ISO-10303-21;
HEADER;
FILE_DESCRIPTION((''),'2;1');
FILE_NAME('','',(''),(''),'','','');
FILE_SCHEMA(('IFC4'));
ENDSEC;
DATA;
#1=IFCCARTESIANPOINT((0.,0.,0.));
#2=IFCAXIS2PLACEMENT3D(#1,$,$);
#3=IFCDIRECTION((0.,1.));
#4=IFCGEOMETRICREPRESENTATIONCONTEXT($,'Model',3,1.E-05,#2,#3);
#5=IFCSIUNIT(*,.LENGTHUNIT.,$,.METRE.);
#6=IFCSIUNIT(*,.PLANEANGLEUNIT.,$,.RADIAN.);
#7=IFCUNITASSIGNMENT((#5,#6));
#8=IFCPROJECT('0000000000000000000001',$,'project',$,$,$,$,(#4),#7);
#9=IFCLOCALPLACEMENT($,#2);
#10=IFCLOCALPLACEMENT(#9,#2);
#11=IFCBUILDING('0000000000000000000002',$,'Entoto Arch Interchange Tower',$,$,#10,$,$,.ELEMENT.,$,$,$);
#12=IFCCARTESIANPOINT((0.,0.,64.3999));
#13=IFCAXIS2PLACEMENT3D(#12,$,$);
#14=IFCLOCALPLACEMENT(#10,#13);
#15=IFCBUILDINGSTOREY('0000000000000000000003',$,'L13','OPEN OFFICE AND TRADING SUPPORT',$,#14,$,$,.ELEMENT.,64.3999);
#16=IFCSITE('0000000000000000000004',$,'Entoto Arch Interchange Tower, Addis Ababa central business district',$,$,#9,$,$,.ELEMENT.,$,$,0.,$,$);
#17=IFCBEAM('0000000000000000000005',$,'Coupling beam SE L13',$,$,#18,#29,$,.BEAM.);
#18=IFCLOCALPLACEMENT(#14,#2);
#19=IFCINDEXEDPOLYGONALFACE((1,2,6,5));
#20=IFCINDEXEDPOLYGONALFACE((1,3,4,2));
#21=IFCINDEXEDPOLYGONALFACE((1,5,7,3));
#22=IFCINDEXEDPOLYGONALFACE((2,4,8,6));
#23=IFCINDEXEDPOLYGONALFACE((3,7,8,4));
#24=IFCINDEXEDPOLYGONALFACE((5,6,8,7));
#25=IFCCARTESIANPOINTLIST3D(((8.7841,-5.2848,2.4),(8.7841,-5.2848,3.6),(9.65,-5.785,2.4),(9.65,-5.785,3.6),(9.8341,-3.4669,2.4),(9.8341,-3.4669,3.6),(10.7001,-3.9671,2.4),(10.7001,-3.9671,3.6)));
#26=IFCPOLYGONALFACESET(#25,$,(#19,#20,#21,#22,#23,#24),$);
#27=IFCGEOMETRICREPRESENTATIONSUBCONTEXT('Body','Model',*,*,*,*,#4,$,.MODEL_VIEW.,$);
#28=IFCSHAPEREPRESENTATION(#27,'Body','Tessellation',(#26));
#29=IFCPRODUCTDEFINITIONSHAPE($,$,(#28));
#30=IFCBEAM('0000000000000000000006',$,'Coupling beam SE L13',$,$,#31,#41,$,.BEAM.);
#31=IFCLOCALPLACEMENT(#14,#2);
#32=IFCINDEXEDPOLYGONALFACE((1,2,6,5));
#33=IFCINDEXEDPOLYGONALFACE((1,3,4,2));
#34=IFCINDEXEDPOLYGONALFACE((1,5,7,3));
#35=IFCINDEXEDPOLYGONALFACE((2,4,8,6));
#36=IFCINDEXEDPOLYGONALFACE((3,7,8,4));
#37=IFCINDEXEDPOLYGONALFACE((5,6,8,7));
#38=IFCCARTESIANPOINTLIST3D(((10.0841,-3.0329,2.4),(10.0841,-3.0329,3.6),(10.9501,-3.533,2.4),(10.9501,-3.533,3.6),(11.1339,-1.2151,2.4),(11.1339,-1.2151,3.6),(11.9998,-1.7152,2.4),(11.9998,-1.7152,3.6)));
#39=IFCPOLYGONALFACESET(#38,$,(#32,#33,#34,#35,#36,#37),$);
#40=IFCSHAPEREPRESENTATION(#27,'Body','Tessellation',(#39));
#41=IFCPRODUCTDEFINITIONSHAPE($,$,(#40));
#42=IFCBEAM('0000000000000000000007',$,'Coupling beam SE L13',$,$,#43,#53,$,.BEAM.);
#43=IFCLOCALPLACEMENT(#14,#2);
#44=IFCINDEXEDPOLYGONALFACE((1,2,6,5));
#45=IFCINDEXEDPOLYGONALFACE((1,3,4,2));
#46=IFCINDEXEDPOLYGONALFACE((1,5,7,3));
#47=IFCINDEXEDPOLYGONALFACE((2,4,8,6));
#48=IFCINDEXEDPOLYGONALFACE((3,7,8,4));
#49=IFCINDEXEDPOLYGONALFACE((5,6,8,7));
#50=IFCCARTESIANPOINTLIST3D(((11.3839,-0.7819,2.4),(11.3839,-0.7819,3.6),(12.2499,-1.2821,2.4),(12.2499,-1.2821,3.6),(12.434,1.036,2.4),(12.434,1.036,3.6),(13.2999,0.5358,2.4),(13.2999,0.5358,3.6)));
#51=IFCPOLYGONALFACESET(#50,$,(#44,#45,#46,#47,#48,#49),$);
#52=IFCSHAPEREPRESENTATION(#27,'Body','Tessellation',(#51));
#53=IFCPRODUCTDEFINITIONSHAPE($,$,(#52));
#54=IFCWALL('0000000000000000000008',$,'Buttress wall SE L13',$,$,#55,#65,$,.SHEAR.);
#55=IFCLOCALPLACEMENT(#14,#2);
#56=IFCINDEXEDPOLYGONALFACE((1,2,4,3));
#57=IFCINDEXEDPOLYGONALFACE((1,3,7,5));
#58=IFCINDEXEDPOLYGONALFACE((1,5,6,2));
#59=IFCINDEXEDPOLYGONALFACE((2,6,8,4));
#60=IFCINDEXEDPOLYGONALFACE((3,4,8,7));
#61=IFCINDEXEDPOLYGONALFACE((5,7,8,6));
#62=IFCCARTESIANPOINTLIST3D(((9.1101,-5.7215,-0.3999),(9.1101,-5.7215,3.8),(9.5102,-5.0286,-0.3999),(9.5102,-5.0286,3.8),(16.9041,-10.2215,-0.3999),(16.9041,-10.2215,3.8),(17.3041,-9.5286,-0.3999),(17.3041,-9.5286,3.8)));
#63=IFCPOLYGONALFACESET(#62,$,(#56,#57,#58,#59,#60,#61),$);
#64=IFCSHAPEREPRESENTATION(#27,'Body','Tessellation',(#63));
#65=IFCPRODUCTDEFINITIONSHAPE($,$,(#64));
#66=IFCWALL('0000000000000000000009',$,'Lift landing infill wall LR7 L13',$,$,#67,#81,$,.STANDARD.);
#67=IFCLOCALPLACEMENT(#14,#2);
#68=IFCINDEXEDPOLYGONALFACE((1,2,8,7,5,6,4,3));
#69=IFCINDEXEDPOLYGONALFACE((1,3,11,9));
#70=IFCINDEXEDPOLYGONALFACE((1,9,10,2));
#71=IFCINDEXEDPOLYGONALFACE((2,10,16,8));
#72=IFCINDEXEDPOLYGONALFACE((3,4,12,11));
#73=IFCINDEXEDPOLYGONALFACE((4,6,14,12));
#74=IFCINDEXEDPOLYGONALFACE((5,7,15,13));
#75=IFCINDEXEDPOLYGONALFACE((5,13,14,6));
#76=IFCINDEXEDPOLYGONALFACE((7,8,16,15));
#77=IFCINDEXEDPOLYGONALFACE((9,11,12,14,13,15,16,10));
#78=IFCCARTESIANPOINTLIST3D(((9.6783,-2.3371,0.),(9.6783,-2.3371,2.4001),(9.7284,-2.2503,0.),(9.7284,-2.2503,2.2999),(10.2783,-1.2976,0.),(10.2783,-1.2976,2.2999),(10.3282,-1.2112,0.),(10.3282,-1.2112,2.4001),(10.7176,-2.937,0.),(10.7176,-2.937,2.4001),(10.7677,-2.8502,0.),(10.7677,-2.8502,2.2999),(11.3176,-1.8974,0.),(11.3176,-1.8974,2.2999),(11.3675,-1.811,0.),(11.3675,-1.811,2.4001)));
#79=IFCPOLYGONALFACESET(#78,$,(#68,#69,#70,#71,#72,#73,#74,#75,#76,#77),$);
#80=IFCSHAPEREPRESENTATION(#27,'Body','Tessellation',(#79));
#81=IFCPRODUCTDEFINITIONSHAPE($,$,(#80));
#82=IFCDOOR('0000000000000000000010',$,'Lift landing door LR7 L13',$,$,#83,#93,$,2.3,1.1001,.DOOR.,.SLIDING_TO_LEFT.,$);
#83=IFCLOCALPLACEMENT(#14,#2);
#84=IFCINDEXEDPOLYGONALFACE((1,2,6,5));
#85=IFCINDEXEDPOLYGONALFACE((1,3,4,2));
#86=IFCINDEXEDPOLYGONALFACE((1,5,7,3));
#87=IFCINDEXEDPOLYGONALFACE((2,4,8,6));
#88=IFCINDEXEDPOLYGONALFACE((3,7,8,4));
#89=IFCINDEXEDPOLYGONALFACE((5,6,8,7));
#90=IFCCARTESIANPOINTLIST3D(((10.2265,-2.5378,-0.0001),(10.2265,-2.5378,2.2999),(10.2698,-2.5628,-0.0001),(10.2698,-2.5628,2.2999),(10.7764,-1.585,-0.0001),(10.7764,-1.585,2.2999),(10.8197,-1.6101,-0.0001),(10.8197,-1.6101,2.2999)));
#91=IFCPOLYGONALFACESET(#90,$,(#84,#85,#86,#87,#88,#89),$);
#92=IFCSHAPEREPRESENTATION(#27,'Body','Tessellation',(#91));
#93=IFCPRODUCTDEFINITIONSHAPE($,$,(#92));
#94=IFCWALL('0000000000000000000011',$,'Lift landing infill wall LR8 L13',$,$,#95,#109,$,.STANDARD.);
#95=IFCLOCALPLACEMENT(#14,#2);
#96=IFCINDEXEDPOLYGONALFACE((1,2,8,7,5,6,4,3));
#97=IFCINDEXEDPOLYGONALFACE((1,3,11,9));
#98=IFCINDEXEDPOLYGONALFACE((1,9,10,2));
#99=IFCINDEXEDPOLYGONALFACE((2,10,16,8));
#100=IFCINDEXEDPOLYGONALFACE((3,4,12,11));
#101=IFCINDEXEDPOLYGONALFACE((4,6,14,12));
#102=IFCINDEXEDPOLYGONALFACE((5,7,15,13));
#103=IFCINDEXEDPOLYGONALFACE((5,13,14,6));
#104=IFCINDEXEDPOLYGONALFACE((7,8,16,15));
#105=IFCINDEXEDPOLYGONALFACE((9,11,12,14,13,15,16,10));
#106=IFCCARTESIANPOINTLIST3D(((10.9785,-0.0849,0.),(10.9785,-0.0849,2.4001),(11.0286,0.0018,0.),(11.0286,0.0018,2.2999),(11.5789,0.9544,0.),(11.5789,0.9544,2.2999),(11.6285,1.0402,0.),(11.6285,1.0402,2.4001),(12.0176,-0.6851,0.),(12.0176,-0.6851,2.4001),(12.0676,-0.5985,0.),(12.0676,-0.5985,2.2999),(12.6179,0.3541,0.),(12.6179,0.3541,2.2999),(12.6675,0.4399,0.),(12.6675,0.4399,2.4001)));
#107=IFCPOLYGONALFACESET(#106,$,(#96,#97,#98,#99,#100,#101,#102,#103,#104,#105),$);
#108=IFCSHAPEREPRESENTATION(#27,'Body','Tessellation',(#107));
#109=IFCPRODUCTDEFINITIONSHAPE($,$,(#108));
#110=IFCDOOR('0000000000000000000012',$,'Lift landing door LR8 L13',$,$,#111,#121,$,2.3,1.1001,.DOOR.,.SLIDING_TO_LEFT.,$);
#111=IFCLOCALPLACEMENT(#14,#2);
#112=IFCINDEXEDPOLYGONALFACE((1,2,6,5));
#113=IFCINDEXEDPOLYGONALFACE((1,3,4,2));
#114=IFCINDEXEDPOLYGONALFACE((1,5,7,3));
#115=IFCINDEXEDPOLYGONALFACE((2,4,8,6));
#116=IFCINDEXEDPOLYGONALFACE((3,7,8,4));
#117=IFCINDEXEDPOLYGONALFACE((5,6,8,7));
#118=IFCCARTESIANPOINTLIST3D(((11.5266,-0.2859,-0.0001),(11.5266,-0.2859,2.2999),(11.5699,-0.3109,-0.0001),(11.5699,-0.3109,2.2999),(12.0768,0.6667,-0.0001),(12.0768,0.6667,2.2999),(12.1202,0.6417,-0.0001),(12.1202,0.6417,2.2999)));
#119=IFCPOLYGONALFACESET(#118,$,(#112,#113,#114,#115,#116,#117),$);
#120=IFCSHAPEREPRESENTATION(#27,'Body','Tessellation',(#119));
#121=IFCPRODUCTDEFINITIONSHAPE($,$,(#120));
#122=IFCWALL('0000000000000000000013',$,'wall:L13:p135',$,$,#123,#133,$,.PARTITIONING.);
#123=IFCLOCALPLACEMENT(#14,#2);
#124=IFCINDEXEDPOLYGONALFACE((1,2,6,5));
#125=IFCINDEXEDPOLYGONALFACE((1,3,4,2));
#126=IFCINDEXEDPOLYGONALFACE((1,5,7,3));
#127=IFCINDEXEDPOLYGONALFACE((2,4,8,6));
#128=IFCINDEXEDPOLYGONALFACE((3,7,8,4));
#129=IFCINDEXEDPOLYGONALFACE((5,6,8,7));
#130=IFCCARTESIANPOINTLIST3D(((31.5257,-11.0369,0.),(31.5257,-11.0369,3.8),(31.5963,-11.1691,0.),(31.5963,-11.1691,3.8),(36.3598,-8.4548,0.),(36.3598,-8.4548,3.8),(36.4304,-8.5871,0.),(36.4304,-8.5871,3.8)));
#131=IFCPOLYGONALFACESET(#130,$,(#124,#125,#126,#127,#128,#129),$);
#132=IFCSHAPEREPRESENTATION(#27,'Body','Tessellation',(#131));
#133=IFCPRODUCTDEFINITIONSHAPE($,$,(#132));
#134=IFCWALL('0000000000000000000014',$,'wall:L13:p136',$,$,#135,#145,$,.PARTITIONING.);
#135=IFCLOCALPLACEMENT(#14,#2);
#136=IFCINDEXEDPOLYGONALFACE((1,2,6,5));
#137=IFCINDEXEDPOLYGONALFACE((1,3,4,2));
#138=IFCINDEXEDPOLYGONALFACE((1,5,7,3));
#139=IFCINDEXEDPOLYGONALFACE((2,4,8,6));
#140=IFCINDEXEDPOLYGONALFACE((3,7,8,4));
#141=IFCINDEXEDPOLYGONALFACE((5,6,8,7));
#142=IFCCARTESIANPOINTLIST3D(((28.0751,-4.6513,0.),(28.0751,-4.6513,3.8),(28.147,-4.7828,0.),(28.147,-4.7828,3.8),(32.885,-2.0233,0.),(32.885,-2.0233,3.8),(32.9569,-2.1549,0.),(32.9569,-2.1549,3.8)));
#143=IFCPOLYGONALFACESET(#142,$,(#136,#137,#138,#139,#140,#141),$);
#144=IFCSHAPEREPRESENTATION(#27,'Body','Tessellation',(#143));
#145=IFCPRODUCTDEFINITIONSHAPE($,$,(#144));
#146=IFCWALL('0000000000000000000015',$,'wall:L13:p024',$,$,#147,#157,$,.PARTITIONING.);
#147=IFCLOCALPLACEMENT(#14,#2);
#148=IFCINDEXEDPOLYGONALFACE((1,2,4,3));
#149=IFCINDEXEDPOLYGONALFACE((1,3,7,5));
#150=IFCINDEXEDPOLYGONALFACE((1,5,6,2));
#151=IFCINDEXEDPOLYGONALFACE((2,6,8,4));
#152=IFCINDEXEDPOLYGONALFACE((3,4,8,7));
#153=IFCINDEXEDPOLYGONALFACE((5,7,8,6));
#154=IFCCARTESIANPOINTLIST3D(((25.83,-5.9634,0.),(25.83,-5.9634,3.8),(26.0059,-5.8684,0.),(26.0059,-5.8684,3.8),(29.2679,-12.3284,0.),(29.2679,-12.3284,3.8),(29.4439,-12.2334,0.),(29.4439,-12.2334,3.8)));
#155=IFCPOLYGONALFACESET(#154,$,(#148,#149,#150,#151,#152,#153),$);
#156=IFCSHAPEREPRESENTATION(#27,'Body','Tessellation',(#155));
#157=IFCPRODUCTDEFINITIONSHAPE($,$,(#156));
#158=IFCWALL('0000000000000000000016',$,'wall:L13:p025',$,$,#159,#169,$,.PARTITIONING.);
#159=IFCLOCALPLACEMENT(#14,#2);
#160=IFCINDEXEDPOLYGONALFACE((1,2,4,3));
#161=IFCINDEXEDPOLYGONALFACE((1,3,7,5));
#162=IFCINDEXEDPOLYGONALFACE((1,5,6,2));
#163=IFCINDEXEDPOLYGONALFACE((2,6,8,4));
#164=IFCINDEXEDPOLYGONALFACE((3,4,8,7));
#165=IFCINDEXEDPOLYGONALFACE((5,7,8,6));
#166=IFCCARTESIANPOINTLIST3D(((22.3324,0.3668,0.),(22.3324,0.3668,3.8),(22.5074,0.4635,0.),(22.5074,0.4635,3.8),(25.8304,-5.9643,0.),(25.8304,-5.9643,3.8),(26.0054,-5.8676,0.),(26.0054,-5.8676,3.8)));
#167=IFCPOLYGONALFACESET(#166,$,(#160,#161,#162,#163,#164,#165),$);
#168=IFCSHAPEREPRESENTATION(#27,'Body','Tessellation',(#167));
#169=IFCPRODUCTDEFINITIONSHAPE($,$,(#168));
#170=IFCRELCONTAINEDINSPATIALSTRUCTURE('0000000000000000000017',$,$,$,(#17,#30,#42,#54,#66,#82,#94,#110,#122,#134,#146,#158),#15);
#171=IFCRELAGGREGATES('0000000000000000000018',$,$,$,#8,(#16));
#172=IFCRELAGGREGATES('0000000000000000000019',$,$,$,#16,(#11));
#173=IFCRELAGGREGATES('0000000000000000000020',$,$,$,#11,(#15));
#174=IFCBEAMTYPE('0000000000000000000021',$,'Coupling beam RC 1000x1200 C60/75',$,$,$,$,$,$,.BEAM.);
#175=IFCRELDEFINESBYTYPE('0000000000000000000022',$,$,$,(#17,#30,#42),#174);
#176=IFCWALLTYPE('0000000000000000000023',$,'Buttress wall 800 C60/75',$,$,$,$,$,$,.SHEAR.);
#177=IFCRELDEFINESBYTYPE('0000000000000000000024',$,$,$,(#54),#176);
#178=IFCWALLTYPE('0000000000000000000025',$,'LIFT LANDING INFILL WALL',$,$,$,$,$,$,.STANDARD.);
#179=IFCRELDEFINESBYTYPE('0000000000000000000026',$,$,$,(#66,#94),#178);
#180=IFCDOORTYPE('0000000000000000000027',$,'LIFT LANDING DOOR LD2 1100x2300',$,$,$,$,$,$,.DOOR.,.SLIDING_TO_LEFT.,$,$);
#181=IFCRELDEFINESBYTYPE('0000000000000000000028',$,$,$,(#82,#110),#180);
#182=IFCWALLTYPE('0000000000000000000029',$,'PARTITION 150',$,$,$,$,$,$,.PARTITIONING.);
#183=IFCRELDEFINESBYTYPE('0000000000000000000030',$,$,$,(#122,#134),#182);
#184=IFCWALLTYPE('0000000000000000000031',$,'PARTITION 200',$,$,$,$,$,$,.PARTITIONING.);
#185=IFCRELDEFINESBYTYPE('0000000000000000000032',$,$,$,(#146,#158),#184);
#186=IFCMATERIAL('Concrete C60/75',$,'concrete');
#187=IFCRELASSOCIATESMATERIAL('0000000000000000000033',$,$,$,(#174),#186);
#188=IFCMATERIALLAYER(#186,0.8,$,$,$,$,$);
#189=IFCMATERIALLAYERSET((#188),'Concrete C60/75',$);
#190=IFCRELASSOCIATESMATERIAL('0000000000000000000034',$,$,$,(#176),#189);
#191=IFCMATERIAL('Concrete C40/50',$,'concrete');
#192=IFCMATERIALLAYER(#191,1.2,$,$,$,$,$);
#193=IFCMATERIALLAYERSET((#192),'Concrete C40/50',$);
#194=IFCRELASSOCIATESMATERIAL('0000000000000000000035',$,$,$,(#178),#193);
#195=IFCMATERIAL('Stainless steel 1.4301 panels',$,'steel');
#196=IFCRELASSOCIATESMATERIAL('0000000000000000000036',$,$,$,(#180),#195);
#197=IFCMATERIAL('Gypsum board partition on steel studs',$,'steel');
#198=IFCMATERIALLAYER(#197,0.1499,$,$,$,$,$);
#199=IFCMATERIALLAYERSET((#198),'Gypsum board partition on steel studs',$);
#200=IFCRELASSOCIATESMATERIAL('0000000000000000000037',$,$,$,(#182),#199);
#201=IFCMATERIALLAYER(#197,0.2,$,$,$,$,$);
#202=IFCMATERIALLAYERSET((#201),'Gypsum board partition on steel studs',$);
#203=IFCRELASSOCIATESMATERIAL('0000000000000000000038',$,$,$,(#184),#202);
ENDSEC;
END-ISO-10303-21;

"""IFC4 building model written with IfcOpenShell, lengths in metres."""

from ifc_helpers import new_model, si_unit, direction, frame, frame_2d, origin, origin_2d, place, context, subcontext, project, spatial, rectangle, extrude, material, layer, layer_set, material_profile, profile_set, type_object, element, fill, save


model = new_model("IFC4")

# Units and contexts
model_context = context("Model", 3, precision=1e-05, world=origin(), true_north=direction((0.0, 1.0)))
body_context = subcontext(model_context, "Body", "Model", "MODEL_VIEW")
ifc_project = project(units=[si_unit("LENGTHUNIT", "METRE"), si_unit("PLANEANGLEUNIT", "RADIAN")], contexts=[model_context])

# Site, building, storey
site_placement = place(None, origin())
site = spatial("IfcSite", under=ifc_project, at=site_placement, Name="Entoto Arch Interchange Tower, Addis Ababa central business district", CompositionType="ELEMENT", RefElevation=0.0)
building_placement = place(site_placement, origin())
building = spatial("IfcBuilding", under=site, at=building_placement, Name="Entoto Arch Interchange Tower", CompositionType="ELEMENT")
storey_placement = place(building_placement, frame((0.0, 0.0, 64.3999)))
storey = spatial("IfcBuildingStorey", under=building, at=storey_placement, Name="L13", Description="OPEN OFFICE AND TRADING SUPPORT", CompositionType="ELEMENT", Elevation=64.3999)

# Beams
ifc_material_1 = material(Name="Concrete C60/75", Category="concrete")
ifc_material_profile = material_profile(ifc_material_1, rectangle(XDim=1.0, YDim=1.2, at=origin_2d()))
ifc_profile_set = profile_set([ifc_material_profile], Name="Concrete C60/75")
beam_type = type_object("IfcBeamType", Name="Coupling beam RC 1000x1200 C60/75", PredefinedType="BEAM", material=ifc_profile_set)
beam_1_placement = place(storey_placement, frame((9.217, -5.5349, 3.0), z_axis=(0.500179, 0.865922, 0.0), x_axis=(-0.865922, 0.500179, 0.0)))
element("IfcBeam", 1, at=beam_1_placement, inside=storey, type_object=beam_type, Name="Coupling beam SE L13", PredefinedType="BEAM", context=body_context, shape_type="SweptSolid", body=[
    extrude(rectangle(XDim=1.0, YDim=1.2, at=origin_2d()), origin(), (0.0, 0.0, 1.0), 2.0994),
])
beam_2_placement = place(storey_placement, frame((10.5171, -3.283, 3.0), z_axis=(0.500092, 0.865973, 0.0), x_axis=(-0.865973, 0.500092, 0.0)))
element("IfcBeam", 2, at=beam_2_placement, inside=storey, type_object=beam_type, Name="Coupling beam SE L13", PredefinedType="BEAM", context=body_context, shape_type="SweptSolid", body=[
    extrude(rectangle(XDim=1.0, YDim=1.2, at=origin_2d()), origin(), (0.0, 0.0, 1.0), 2.0991),
])
beam_3_placement = place(storey_placement, frame((11.8169, -1.032, 3.0), z_axis=(0.500179, 0.865922, 0.0), x_axis=(-0.865922, 0.500179, 0.0)))
element("IfcBeam", 3, at=beam_3_placement, inside=storey, type_object=beam_type, Name="Coupling beam SE L13", PredefinedType="BEAM", context=body_context, shape_type="SweptSolid", body=[
    extrude(rectangle(XDim=1.0, YDim=1.2, at=origin_2d()), origin(), (0.0, 0.0, 1.0), 2.0994),
])

# Wall
ifc_layer_1 = layer(ifc_material_1, 0.8)
ifc_layer_set_1 = layer_set([ifc_layer_1], Name="Concrete C60/75")
wall_type_1 = type_object("IfcWallType", Name="Buttress wall 800 C60/75", PredefinedType="SHEAR", material=ifc_layer_set_1)
wall_1_placement = place(storey_placement, frame((9.3101, -5.375, -0.3999), z_axis=(0.0, 0.0, 1.0), x_axis=(0.866018, -0.500014, 0.0)))
element("IfcWall", 4, at=wall_1_placement, inside=storey, type_object=wall_type_1, Name="Buttress wall SE L13", PredefinedType="SHEAR", context=body_context, shape_type="SweptSolid", body=[
    extrude(rectangle(XDim=8.9998, YDim=0.8, at=frame_2d((4.5, 0.0))), origin(), (0.0, 0.0, 1.0), 4.2),
])

# Walls, openings, doors
ifc_material_2 = material(Name="Concrete C40/50", Category="concrete")
ifc_layer_2 = layer(ifc_material_2, 1.2)
ifc_layer_set_2 = layer_set([ifc_layer_2], Name="Concrete C40/50")
wall_type_2 = type_object("IfcWallType", Name="LIFT LANDING INFILL WALL", PredefinedType="STANDARD", material=ifc_layer_set_2)
wall_2_placement = place(storey_placement, frame((10.198, -2.637, 0.0), z_axis=(0.0, 0.0, 1.0), x_axis=(0.499896, 0.866086, 0.0)))
wall_2 = element("IfcWall", 5, at=wall_2_placement, inside=storey, type_object=wall_type_2, Name="Lift landing infill wall LR7 L13", PredefinedType="STANDARD", context=body_context, shape_type="SweptSolid", body=[
    extrude(rectangle(XDim=1.3, YDim=1.2, at=frame_2d((0.6499, 0.0))), origin(), (0.0, 0.0, 1.0), 2.4001),
])
opening_1_placement = place(wall_2_placement, frame((0.1001, 0.0, 0.0)))
opening_1 = element("IfcOpeningElement", 6, at=opening_1_placement, cuts=wall_2, PredefinedType="OPENING", context=body_context, shape_type="SweptSolid", body=[
    extrude(rectangle(XDim=1.1001, YDim=2.3, at=frame_2d((0.55, 1.1499))), frame((0.0, 0.6099, 0.0), z_axis=(0.0, -1.0, 0.0), x_axis=(1.0, 0.0, 0.0)), (0.0, 0.0, 1.0), 1.22),
])
ifc_material_3 = material(Name="Stainless steel 1.4301 panels", Category="steel")
door_type_1 = type_object("IfcDoorType", Name="LIFT LANDING DOOR LD2 1100x2300", OperationType="SLIDING_TO_LEFT", PredefinedType="DOOR", material=ifc_material_3)
door_1_placement = place(opening_1_placement, origin())
door_1 = element("IfcDoor", 7, at=door_1_placement, inside=storey, type_object=door_type_1, Name="Lift landing door LR7 L13", OperationType="SLIDING_TO_LEFT", OverallHeight=2.3, OverallWidth=1.1001, PredefinedType="DOOR", context=body_context, shape_type="SweptSolid", body=[
    extrude(rectangle(XDim=1.1001, YDim=2.3, at=frame_2d((0.55, 1.1499))), frame((0.0, 0.0249, 0.0), z_axis=(0.0, -1.0, 0.0), x_axis=(1.0, 0.0, 0.0)), (0.0, 0.0, 1.0), 0.05),
])
fill(opening_1, door_1)
wall_3_placement = place(storey_placement, frame((11.498, -0.385, 0.0), z_axis=(0.0, 0.0, 1.0), x_axis=(0.500221, 0.865898, 0.0)))
wall_3 = element("IfcWall", 8, at=wall_3_placement, inside=storey, type_object=wall_type_2, Name="Lift landing infill wall LR8 L13", PredefinedType="STANDARD", context=body_context, shape_type="SweptSolid", body=[
    extrude(rectangle(XDim=1.2993, YDim=1.2, at=frame_2d((0.6497, 0.0))), origin(), (0.0, 0.0, 1.0), 2.4001),
])
opening_2_placement = place(wall_3_placement, frame((0.1001, 0.0, 0.0)))
opening_2 = element("IfcOpeningElement", 9, at=opening_2_placement, cuts=wall_3, PredefinedType="OPENING", context=body_context, shape_type="SweptSolid", body=[
    extrude(rectangle(XDim=1.1001, YDim=2.3, at=frame_2d((0.55, 1.1499))), frame((0.0, 0.6099, 0.0), z_axis=(0.0, -1.0, 0.0), x_axis=(1.0, 0.0, 0.0)), (0.0, 0.0, 1.0), 1.22),
])
door_2_placement = place(opening_2_placement, origin())
door_2 = element("IfcDoor", 10, at=door_2_placement, inside=storey, type_object=door_type_1, Name="Lift landing door LR8 L13", OperationType="SLIDING_TO_LEFT", OverallHeight=2.3, OverallWidth=1.1001, PredefinedType="DOOR", context=body_context, shape_type="SweptSolid", body=[
    extrude(rectangle(XDim=1.1001, YDim=2.3, at=frame_2d((0.55, 1.1499))), frame((0.0, 0.0249, 0.0), z_axis=(0.0, -1.0, 0.0), x_axis=(1.0, 0.0, 0.0)), (0.0, 0.0, 1.0), 0.05),
])
fill(opening_2, door_2)

# Walls
ifc_material_4 = material(Name="Gypsum board partition on steel studs", Category="steel")
ifc_layer_3 = layer(ifc_material_4, 0.1499)
ifc_layer_set_3 = layer_set([ifc_layer_3], Name="Gypsum board partition on steel studs")
wall_type_3 = type_object("IfcWallType", Name="PARTITION 150", PredefinedType="PARTITIONING", material=ifc_layer_set_3)
wall_4_placement = place(storey_placement, frame((31.561, -11.103, 0.0), z_axis=(0.0, 0.0, 1.0), x_axis=(0.882057, 0.471143, 0.0)))
element("IfcWall", 11, at=wall_4_placement, inside=storey, type_object=wall_type_3, Name="wall:L13:p135", PredefinedType="PARTITIONING", context=body_context, shape_type="SweptSolid", body=[
    extrude(rectangle(XDim=5.4805, YDim=0.1499, at=frame_2d((2.7402, 0.0))), origin(), (0.0, 0.0, 1.0), 3.8),
])
wall_5_placement = place(storey_placement, frame((28.1111, -4.717, 0.0), z_axis=(0.0, 0.0, 1.0), x_axis=(0.877558, 0.47947, 0.0)))
element("IfcWall", 12, at=wall_5_placement, inside=storey, type_object=wall_type_3, Name="wall:L13:p136", PredefinedType="PARTITIONING", context=body_context, shape_type="SweptSolid", body=[
    extrude(rectangle(XDim=5.481, YDim=0.1499, at=frame_2d((2.7405, 0.0))), origin(), (0.0, 0.0, 1.0), 3.8),
])
ifc_layer_4 = layer(ifc_material_4, 0.2)
ifc_layer_set_4 = layer_set([ifc_layer_4], Name="Gypsum board partition on steel studs")
wall_type_4 = type_object("IfcWallType", Name="PARTITION 200", PredefinedType="PARTITIONING", material=ifc_layer_set_4)
wall_6_placement = place(storey_placement, frame((29.356, -12.281, 0.0), z_axis=(0.0, 0.0, 1.0), x_axis=(-0.475245, 0.879854, 0.0)))
element("IfcWall", 13, at=wall_6_placement, inside=storey, type_object=wall_type_4, Name="wall:L13:p024", PredefinedType="PARTITIONING", context=body_context, shape_type="SweptSolid", body=[
    extrude(rectangle(XDim=7.2341, YDim=0.2, at=frame_2d((3.6172, 0.0))), origin(), (0.0, 0.0, 1.0), 3.8),
])
wall_7_placement = place(storey_placement, frame((25.918, -5.916, 0.0), z_axis=(0.0, 0.0, 1.0), x_axis=(-0.483613, 0.875282, 0.0)))
element("IfcWall", 14, at=wall_7_placement, inside=storey, type_object=wall_type_4, Name="wall:L13:p025", PredefinedType="PARTITIONING", context=body_context, shape_type="SweptSolid", body=[
    extrude(rectangle(XDim=7.2332, YDim=0.2, at=frame_2d((3.6167, 0.0))), origin(), (0.0, 0.0, 1.0), 3.8),
])

save(model, "model.ifc")
